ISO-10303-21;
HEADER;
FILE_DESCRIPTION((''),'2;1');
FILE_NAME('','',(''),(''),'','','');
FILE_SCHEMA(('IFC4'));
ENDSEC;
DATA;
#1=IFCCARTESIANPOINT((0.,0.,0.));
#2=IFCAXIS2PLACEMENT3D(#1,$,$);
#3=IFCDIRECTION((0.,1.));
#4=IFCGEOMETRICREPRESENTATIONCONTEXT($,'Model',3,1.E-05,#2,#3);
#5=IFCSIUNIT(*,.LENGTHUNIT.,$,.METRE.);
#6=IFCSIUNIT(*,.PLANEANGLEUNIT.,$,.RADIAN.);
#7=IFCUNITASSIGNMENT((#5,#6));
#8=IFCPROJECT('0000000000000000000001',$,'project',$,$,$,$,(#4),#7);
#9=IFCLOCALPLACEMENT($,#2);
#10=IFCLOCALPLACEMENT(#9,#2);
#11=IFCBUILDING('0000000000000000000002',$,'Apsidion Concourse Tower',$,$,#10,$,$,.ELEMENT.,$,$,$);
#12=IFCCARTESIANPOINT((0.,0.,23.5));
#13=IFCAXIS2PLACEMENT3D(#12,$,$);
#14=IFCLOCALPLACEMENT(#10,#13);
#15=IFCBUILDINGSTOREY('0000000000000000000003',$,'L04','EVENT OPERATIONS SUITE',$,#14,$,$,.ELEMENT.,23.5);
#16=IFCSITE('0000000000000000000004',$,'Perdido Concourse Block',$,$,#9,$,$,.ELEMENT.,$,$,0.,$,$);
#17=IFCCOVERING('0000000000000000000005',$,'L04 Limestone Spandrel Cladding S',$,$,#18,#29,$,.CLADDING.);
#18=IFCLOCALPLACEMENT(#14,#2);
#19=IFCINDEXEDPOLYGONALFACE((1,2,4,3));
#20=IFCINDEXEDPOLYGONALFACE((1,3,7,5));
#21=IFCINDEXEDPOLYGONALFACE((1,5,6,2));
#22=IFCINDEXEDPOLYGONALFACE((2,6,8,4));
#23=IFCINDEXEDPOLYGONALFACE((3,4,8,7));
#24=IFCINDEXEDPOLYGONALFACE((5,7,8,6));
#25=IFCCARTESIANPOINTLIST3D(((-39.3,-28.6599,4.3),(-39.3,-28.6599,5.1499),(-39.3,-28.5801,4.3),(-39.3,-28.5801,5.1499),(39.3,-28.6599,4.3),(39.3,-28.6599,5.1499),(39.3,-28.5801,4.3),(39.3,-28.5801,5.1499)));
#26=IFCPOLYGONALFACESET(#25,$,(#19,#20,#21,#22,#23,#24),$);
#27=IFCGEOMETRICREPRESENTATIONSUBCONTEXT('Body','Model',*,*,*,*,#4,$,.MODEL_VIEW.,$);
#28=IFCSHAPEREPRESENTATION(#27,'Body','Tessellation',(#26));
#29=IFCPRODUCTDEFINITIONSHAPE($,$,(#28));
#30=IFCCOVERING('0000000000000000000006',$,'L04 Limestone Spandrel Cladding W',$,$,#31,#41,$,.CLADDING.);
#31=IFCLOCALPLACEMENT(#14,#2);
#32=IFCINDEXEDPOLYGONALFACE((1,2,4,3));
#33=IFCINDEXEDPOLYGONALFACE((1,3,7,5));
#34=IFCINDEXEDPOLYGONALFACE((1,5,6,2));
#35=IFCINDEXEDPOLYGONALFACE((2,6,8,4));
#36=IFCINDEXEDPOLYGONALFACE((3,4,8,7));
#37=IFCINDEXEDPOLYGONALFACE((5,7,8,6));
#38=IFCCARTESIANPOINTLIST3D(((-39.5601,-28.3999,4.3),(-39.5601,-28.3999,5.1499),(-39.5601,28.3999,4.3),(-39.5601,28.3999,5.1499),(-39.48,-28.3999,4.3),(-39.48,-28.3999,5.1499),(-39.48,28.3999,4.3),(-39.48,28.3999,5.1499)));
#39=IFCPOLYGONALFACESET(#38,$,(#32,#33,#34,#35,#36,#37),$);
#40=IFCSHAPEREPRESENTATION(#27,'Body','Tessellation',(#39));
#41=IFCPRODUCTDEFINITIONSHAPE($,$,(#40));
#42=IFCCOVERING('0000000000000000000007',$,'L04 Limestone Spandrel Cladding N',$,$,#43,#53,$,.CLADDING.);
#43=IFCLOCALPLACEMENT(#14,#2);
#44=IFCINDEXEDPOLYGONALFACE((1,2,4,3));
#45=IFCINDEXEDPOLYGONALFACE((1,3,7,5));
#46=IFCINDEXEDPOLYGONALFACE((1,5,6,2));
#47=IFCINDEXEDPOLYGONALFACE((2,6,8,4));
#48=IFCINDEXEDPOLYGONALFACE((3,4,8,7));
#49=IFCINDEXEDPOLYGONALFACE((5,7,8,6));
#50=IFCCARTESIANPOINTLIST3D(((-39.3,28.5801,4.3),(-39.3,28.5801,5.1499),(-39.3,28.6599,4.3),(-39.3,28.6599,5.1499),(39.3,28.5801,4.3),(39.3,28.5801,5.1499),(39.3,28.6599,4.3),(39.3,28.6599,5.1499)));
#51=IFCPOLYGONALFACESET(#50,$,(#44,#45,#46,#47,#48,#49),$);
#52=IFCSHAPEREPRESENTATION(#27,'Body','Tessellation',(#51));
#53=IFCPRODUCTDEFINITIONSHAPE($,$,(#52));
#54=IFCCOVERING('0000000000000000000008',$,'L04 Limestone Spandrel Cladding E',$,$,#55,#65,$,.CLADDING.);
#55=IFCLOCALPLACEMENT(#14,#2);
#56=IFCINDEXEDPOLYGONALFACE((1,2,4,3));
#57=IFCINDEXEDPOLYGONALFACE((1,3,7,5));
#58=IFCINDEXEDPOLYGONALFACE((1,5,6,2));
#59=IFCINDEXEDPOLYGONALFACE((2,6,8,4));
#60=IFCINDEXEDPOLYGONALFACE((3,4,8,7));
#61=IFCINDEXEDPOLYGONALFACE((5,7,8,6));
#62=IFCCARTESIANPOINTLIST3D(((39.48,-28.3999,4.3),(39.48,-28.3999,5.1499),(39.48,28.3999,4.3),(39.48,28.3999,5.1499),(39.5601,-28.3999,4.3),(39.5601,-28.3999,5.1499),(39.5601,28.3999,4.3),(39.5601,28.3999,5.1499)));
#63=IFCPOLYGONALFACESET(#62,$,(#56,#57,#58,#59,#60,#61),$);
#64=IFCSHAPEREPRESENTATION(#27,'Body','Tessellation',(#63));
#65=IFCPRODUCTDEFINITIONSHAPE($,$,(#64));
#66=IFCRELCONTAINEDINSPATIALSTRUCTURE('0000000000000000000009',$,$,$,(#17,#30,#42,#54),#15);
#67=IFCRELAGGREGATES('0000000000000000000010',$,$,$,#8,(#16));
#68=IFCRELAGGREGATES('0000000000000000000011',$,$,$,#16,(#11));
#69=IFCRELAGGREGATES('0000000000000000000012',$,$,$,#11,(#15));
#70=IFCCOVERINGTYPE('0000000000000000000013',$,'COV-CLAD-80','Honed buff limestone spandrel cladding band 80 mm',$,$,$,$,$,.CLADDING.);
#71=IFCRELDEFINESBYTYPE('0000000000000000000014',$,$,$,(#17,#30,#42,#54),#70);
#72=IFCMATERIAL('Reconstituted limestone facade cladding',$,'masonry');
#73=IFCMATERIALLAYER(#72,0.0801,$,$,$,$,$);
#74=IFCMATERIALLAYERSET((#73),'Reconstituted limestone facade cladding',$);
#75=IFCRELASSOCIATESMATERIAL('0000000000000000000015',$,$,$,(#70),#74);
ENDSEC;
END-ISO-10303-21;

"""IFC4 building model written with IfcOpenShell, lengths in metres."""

from ifc_helpers import new_model, si_unit, direction, frame, origin, place, context, subcontext, project, spatial, polyline, outline, extrude, material, layer, layer_set, type_object, element, save


model = new_model("IFC4")

# Units and contexts
model_context = context("Model", 3, precision=1e-05, world=origin(), true_north=direction((0.0, 1.0)))
body_context = subcontext(model_context, "Body", "Model", "MODEL_VIEW")
ifc_project = project(units=[si_unit("LENGTHUNIT", "METRE"), si_unit("PLANEANGLEUNIT", "RADIAN")], contexts=[model_context])

# Site, building, storey
site_placement = place(None, origin())
site = spatial("IfcSite", under=ifc_project, at=site_placement, Name="Perdido Concourse Block", CompositionType="ELEMENT", RefElevation=0.0)
building_placement = place(site_placement, origin())
building = spatial("IfcBuilding", under=site, at=building_placement, Name="Apsidion Concourse Tower", CompositionType="ELEMENT")
storey_placement = place(building_placement, frame((0.0, 0.0, 23.5)))
storey = spatial("IfcBuildingStorey", under=building, at=storey_placement, Name="L04", Description="EVENT OPERATIONS SUITE", CompositionType="ELEMENT", Elevation=23.5)

# Coverings
ifc_material_1 = material(Name="Reconstituted limestone facade cladding", Category="masonry")
ifc_layer_1 = layer(ifc_material_1, 0.0801)
ifc_layer_set_1 = layer_set([ifc_layer_1], Name="Reconstituted limestone facade cladding")
covering_type = type_object("IfcCoveringType", Name="COV-CLAD-80", Description="Honed buff limestone spandrel cladding band 80 mm", PredefinedType="CLADDING", material=ifc_layer_set_1)
covering_1_placement = place(storey_placement, frame((0.0, 0.0, 4.3)))
element("IfcCovering", 1, at=covering_1_placement, inside=storey, type_object=covering_type, Name="L04 Limestone Spandrel Cladding S", PredefinedType="CLADDING", context=body_context, shape_type="SweptSolid", body=[
    extrude(outline(polyline([(39.3, -28.5801), (-39.3, -28.5801), (-39.3, -28.6599), (39.3, -28.6599), (39.3, -28.5801)])), origin(), (0.0, 0.0, 1.0), 0.8499),
])
covering_2_placement = place(storey_placement, frame((0.0, 0.0, 4.3)))
element("IfcCovering", 2, at=covering_2_placement, inside=storey, type_object=covering_type, Name="L04 Limestone Spandrel Cladding W", PredefinedType="CLADDING", context=body_context, shape_type="SweptSolid", body=[
    extrude(outline(polyline([(-39.48, -28.3999), (-39.48, 28.3999), (-39.5601, 28.3999), (-39.5601, -28.3999), (-39.48, -28.3999)])), origin(), (0.0, 0.0, 1.0), 0.8499),
])
covering_3_placement = place(storey_placement, frame((0.0, 0.0, 4.3)))
element("IfcCovering", 3, at=covering_3_placement, inside=storey, type_object=covering_type, Name="L04 Limestone Spandrel Cladding N", PredefinedType="CLADDING", context=body_context, shape_type="SweptSolid", body=[
    extrude(outline(polyline([(-39.3, 28.5801), (39.3, 28.5801), (39.3, 28.6599), (-39.3, 28.6599), (-39.3, 28.5801)])), origin(), (0.0, 0.0, 1.0), 0.8499),
])
covering_4_placement = place(storey_placement, frame((0.0, 0.0, 4.3)))
element("IfcCovering", 4, at=covering_4_placement, inside=storey, type_object=covering_type, Name="L04 Limestone Spandrel Cladding E", PredefinedType="CLADDING", context=body_context, shape_type="SweptSolid", body=[
    extrude(outline(polyline([(39.48, 28.3999), (39.48, -28.3999), (39.5601, -28.3999), (39.5601, 28.3999), (39.48, 28.3999)])), origin(), (0.0, 0.0, 1.0), 0.8499),
])

save(model, "model.ifc")
